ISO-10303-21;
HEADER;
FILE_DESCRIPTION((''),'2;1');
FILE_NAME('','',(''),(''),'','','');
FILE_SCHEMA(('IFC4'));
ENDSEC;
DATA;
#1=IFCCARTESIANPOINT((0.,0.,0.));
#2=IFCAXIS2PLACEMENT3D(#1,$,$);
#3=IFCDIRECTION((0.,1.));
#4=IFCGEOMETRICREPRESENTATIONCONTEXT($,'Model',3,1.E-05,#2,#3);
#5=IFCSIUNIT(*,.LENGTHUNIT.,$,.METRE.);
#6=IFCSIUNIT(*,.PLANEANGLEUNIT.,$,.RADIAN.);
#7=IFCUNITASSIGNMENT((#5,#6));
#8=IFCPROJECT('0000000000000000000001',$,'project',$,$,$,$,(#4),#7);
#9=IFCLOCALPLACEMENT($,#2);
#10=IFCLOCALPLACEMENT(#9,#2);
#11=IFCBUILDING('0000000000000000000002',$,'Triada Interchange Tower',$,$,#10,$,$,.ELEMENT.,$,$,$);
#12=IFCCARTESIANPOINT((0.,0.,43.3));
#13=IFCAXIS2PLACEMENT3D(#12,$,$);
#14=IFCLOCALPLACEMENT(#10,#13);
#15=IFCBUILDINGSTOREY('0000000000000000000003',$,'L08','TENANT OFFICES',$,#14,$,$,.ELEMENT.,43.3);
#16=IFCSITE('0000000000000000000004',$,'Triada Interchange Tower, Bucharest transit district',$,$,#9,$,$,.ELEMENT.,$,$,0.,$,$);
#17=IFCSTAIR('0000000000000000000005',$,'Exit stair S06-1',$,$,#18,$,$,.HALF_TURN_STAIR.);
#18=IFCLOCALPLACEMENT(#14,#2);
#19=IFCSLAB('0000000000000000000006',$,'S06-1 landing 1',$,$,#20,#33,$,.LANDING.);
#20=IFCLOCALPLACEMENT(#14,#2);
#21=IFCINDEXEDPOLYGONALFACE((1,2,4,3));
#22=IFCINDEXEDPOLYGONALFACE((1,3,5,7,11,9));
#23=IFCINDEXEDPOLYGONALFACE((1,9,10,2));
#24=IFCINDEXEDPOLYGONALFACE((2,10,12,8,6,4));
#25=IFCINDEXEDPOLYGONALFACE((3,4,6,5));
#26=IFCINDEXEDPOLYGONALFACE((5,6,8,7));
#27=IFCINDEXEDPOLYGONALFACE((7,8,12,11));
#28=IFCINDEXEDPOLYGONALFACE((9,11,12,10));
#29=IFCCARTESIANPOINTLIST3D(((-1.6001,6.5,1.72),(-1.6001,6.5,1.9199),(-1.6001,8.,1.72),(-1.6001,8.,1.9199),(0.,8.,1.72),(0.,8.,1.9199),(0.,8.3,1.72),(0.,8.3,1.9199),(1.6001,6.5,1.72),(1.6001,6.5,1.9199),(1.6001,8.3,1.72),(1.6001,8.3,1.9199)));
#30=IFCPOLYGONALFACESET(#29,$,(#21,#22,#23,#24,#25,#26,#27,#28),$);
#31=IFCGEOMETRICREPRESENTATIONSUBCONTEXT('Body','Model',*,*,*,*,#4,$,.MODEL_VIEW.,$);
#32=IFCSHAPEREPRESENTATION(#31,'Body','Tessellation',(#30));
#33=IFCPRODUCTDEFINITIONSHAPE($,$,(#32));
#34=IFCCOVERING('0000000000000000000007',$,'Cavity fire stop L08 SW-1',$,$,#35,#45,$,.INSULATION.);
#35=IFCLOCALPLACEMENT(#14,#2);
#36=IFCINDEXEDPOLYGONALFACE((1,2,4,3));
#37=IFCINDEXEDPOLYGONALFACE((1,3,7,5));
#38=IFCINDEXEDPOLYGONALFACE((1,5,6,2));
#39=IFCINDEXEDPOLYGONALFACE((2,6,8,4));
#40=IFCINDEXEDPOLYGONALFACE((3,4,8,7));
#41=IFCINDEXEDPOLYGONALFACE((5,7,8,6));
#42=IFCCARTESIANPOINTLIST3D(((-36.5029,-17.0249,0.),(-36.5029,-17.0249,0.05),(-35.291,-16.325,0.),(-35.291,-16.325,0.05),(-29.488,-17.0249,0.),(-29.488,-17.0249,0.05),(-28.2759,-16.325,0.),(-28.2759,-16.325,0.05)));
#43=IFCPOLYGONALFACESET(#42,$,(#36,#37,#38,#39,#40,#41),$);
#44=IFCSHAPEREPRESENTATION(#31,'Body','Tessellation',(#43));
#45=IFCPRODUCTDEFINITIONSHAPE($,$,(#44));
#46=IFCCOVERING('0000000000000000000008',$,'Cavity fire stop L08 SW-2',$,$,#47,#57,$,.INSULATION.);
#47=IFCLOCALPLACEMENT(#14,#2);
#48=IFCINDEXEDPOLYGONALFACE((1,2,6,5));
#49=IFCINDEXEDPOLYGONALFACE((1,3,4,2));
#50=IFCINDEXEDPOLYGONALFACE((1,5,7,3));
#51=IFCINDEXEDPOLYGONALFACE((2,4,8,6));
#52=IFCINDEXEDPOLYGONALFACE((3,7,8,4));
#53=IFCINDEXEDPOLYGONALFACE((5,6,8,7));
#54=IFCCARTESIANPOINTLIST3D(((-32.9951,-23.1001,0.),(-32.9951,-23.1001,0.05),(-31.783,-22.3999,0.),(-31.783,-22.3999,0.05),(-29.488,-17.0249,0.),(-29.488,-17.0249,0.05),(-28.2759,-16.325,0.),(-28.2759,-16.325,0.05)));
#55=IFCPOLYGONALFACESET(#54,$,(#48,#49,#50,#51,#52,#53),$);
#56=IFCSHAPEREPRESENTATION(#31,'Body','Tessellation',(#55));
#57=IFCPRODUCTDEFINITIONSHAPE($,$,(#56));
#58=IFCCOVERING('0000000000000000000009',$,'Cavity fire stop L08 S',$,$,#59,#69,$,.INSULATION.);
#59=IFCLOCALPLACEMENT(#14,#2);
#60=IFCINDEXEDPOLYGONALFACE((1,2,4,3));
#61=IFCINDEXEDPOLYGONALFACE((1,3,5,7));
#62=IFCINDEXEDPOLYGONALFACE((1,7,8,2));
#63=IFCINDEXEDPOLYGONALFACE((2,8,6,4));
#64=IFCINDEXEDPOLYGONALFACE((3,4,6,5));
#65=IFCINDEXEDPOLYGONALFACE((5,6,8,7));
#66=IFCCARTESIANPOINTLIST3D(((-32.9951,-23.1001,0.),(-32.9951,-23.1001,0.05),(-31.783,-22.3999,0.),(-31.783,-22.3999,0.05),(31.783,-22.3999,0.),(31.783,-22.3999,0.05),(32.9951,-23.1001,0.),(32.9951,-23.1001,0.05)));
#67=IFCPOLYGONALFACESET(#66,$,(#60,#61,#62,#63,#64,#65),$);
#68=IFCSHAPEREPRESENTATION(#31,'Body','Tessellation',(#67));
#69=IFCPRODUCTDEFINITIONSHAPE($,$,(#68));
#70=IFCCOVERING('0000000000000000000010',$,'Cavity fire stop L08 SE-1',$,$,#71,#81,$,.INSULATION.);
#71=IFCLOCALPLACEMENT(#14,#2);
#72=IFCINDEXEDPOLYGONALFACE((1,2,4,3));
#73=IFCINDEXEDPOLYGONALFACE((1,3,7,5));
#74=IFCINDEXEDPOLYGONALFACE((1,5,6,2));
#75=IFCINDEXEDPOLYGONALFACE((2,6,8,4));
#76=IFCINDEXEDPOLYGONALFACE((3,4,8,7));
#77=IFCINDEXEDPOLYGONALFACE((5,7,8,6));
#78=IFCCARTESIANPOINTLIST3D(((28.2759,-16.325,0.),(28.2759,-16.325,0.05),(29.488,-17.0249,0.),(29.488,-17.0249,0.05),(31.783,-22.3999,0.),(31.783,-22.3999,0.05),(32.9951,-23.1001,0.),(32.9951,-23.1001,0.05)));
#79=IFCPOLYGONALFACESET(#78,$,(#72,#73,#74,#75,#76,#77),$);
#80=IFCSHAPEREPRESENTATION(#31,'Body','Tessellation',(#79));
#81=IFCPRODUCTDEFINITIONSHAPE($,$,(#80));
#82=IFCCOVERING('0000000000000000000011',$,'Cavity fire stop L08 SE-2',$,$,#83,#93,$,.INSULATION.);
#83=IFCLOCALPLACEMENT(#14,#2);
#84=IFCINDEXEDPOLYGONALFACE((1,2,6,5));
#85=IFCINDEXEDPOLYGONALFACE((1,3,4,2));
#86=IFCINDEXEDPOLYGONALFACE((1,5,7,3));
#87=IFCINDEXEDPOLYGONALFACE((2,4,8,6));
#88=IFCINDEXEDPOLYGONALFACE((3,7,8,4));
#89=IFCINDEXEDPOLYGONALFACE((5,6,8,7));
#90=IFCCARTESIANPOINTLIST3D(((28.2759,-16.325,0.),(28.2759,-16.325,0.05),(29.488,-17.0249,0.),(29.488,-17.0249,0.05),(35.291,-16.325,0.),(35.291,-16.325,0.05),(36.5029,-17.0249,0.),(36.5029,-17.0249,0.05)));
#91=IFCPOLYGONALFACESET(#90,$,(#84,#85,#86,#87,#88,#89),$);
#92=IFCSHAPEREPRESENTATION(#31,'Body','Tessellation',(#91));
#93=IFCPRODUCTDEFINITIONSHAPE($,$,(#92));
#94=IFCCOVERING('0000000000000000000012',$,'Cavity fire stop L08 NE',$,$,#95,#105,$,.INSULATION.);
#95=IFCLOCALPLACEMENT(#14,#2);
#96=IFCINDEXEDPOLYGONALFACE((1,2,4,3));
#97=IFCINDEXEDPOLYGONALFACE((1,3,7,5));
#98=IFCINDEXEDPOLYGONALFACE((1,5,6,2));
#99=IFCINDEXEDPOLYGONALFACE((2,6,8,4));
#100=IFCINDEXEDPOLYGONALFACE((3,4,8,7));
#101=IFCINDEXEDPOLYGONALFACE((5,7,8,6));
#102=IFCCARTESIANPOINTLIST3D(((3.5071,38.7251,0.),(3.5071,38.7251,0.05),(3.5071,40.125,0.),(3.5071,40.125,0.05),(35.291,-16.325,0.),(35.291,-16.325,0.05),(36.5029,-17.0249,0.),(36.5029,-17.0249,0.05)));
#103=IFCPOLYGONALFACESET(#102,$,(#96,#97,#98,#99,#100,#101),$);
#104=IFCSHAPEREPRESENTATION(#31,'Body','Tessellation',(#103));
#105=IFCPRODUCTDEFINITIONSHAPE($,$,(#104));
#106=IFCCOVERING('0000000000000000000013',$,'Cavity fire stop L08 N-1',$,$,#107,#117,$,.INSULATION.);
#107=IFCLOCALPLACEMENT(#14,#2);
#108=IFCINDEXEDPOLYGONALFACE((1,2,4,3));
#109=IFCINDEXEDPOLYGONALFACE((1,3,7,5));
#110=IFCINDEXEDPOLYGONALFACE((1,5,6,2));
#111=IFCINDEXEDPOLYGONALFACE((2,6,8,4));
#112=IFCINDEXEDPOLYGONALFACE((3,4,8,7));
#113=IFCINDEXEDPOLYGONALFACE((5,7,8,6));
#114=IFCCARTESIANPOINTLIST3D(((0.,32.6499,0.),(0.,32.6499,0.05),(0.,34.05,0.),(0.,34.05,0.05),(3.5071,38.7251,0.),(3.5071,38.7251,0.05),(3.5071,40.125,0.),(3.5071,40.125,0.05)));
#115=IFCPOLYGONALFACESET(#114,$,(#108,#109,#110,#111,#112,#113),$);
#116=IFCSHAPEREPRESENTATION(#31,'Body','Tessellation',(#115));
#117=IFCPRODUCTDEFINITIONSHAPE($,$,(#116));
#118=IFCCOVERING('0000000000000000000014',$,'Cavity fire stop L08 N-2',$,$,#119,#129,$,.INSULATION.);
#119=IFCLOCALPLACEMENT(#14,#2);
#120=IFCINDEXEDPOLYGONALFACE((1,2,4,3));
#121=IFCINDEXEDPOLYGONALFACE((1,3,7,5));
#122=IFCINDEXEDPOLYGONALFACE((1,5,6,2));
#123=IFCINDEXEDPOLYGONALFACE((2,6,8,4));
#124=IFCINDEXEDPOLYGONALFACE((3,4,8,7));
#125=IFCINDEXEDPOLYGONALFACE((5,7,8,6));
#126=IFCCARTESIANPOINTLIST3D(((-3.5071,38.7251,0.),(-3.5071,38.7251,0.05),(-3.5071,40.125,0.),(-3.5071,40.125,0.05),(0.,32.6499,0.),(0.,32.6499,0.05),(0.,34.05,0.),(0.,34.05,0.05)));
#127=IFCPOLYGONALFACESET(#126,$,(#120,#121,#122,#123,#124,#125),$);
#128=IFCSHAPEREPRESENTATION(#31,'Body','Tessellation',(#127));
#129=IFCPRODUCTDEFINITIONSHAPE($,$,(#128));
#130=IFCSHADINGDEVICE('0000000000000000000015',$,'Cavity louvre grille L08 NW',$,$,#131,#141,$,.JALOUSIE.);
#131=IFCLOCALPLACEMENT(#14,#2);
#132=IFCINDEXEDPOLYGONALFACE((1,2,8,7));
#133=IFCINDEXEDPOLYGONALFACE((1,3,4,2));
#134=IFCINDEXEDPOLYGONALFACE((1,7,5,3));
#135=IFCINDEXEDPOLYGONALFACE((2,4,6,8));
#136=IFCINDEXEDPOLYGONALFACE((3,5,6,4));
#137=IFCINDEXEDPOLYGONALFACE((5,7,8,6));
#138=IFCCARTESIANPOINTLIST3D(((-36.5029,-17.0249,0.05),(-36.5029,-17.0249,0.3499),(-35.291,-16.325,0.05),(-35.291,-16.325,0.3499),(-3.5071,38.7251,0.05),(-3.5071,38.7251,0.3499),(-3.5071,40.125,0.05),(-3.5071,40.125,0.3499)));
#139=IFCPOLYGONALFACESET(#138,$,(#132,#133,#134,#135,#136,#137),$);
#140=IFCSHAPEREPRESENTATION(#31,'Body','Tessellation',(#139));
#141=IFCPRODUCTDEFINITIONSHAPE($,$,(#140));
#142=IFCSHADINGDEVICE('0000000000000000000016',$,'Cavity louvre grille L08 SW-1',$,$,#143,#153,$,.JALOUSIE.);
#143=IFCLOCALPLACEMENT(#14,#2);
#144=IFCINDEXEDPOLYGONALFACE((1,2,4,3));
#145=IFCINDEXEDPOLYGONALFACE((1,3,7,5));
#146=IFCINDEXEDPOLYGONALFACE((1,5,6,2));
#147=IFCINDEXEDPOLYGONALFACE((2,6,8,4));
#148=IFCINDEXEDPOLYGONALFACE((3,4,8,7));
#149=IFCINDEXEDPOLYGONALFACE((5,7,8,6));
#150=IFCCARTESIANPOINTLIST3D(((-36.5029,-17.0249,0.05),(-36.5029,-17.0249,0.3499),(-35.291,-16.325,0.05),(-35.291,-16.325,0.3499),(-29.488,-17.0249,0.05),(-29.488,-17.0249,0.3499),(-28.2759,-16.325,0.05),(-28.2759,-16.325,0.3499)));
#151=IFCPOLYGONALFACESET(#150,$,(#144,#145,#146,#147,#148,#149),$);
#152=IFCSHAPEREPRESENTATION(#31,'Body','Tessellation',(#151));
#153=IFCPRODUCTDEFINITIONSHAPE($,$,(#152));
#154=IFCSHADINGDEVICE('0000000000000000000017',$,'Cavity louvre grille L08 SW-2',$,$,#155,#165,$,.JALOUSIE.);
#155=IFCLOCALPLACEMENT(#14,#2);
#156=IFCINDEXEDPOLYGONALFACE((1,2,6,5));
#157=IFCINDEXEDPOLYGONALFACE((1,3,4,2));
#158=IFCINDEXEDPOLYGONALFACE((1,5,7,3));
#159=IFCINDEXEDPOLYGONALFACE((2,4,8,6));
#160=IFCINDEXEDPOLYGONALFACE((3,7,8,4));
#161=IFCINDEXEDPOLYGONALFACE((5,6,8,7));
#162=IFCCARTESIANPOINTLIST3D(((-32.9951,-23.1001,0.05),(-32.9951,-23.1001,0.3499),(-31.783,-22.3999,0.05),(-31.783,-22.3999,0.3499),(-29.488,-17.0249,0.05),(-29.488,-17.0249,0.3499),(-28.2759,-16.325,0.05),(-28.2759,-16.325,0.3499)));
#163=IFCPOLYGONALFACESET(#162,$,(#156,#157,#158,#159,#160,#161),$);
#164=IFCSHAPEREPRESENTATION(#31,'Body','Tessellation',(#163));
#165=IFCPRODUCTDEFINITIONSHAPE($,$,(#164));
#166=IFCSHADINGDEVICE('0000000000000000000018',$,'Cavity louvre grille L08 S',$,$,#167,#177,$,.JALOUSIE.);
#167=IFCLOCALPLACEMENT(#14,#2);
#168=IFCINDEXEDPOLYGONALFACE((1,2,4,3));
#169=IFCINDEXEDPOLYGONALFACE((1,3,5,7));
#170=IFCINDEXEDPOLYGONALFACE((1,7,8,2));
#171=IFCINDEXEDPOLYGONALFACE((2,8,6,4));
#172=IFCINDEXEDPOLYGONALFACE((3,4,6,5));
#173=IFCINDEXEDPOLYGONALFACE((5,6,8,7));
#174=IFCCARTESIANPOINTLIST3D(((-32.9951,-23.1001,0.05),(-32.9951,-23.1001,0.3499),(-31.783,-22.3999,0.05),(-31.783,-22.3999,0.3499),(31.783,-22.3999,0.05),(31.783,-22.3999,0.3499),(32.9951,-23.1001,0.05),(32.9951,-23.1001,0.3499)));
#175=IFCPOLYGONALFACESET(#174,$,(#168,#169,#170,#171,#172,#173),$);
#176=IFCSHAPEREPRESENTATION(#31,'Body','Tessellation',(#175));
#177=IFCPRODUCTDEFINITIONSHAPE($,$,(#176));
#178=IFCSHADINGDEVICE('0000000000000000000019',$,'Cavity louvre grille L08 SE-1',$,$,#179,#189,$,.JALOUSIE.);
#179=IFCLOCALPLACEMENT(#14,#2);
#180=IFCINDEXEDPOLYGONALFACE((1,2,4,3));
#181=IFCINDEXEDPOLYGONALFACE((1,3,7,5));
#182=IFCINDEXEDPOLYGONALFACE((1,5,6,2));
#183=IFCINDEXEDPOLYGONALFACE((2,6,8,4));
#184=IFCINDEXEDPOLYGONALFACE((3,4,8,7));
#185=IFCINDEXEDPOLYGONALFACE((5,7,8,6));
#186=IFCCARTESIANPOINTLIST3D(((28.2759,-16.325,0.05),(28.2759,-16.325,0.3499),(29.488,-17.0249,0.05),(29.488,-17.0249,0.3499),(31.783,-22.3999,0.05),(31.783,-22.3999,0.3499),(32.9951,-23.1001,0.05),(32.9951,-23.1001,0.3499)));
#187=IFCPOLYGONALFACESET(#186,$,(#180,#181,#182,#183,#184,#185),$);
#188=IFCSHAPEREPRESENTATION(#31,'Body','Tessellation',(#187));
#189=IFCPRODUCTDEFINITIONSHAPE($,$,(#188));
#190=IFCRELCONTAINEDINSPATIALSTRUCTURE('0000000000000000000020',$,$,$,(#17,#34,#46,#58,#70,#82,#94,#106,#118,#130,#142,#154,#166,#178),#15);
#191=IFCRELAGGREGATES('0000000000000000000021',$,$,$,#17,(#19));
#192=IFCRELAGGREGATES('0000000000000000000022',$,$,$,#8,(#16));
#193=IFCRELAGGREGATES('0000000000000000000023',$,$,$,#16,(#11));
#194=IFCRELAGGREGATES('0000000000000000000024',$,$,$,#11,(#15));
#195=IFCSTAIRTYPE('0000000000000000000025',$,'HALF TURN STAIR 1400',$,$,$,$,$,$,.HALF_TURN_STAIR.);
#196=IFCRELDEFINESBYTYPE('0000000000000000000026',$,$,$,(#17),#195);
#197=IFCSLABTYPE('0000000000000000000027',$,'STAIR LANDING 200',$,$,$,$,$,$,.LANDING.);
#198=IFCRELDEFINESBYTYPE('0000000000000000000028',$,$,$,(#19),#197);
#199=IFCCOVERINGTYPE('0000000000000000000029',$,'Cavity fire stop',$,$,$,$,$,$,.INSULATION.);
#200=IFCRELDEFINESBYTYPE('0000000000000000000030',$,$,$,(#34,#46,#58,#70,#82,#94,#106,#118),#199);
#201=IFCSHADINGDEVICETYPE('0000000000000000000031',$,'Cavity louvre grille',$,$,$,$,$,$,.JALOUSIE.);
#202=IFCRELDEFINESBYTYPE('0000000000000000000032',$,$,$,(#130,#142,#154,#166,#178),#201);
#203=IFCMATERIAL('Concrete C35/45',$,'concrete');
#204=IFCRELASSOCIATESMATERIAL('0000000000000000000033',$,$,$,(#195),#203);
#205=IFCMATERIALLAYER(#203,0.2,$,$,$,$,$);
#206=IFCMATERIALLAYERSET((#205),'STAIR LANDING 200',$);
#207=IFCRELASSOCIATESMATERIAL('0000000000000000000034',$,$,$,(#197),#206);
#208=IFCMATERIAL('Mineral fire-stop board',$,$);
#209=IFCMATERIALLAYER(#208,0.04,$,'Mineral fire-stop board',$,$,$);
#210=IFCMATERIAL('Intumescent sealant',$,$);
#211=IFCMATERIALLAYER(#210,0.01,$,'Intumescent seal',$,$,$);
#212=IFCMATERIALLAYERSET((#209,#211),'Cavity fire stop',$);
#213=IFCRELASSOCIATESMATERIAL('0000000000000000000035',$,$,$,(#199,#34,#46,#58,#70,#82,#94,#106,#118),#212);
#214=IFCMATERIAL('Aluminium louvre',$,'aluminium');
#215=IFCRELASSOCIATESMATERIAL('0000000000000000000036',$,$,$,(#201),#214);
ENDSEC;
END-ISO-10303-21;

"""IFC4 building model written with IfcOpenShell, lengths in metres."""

from ifc_helpers import new_model, si_unit, direction, frame, origin, place, context, subcontext, project, spatial, polyline, outline, extrude, material, layer, layer_set, layer_usage, type_object, element, aggregate, save


model = new_model("IFC4")

# Units and contexts
model_context = context("Model", 3, precision=1e-05, world=origin(), true_north=direction((0.0, 1.0)))
body_context = subcontext(model_context, "Body", "Model", "MODEL_VIEW")
ifc_project = project(units=[si_unit("LENGTHUNIT", "METRE"), si_unit("PLANEANGLEUNIT", "RADIAN")], contexts=[model_context])

# Site, building, storey
site_placement = place(None, origin())
site = spatial("IfcSite", under=ifc_project, at=site_placement, Name="Triada Interchange Tower, Bucharest transit district", CompositionType="ELEMENT", RefElevation=0.0)
building_placement = place(site_placement, origin())
building = spatial("IfcBuilding", under=site, at=building_placement, Name="Triada Interchange Tower", CompositionType="ELEMENT")
storey_placement = place(building_placement, frame((0.0, 0.0, 43.3)))
storey = spatial("IfcBuildingStorey", under=building, at=storey_placement, Name="L08", Description="TENANT OFFICES", CompositionType="ELEMENT", Elevation=43.3)

# Stair, slab
ifc_material_1 = material(Name="Concrete C35/45", Category="concrete")
stair_type = type_object("IfcStairType", Name="HALF TURN STAIR 1400", PredefinedType="HALF_TURN_STAIR", material=ifc_material_1)
stair_placement = place(storey_placement, origin())
stair = element("IfcStair", 1, at=stair_placement, inside=storey, type_object=stair_type, Name="Exit stair S06-1", PredefinedType="HALF_TURN_STAIR")
ifc_layer_1 = layer(ifc_material_1, 0.2)
ifc_layer_set_1 = layer_set([ifc_layer_1], Name="STAIR LANDING 200")
slab_type = type_object("IfcSlabType", Name="STAIR LANDING 200", PredefinedType="LANDING", material=ifc_layer_set_1)
slab_placement = place(storey_placement, frame((0.0, 0.0, 1.72)))
slab = element("IfcSlab", 2, at=slab_placement, type_object=slab_type, Name="S06-1 landing 1", PredefinedType="LANDING", context=body_context, shape_type="SweptSolid", body=[
    extrude(outline(polyline([(1.6001, 6.5), (1.6001, 8.3), (0.0, 8.3), (0.0, 8.0), (-1.6001, 8.0), (-1.6001, 6.5), (1.6001, 6.5)])), origin(), (0.0, 0.0, 1.0), 0.2),
])
aggregate(stair, [slab])

# Coverings
ifc_material_2 = material(Name="Mineral fire-stop board")
ifc_layer_2 = layer(ifc_material_2, 0.04, Name="Mineral fire-stop board")
ifc_material_3 = material(Name="Intumescent sealant")
ifc_layer_3 = layer(ifc_material_3, 0.01, Name="Intumescent seal")
ifc_layer_set_2 = layer_set([ifc_layer_2, ifc_layer_3], Name="Cavity fire stop")
ifc_layer_usage = layer_usage(ifc_layer_set_2, "AXIS3", "POSITIVE", 0.0)
covering_type = type_object("IfcCoveringType", Name="Cavity fire stop", PredefinedType="INSULATION", material=ifc_layer_set_2)
covering_1_placement = place(storey_placement, origin())
element("IfcCovering", 3, at=covering_1_placement, inside=storey, type_object=covering_type, material=ifc_layer_usage, Name="Cavity fire stop L08 SW-1", PredefinedType="INSULATION", context=body_context, shape_type="SweptSolid", body=[
    extrude(outline(polyline([(-35.291, -16.325), (-36.5029, -17.0249), (-29.488, -17.0249), (-28.2759, -16.325), (-35.291, -16.325)])), origin(), (0.0, 0.0, 1.0), 0.05),
])
covering_2_placement = place(storey_placement, origin())
element("IfcCovering", 4, at=covering_2_placement, inside=storey, type_object=covering_type, material=ifc_layer_usage, Name="Cavity fire stop L08 SW-2", PredefinedType="INSULATION", context=body_context, shape_type="SweptSolid", body=[
    extrude(outline(polyline([(-28.2759, -16.325), (-29.488, -17.0249), (-32.9951, -23.1001), (-31.783, -22.3999), (-28.2759, -16.325)])), origin(), (0.0, 0.0, 1.0), 0.05),
])
covering_3_placement = place(storey_placement, origin())
element("IfcCovering", 5, at=covering_3_placement, inside=storey, type_object=covering_type, material=ifc_layer_usage, Name="Cavity fire stop L08 S", PredefinedType="INSULATION", context=body_context, shape_type="SweptSolid", body=[
    extrude(outline(polyline([(-31.783, -22.3999), (-32.9951, -23.1001), (32.9951, -23.1001), (31.783, -22.3999), (-31.783, -22.3999)])), origin(), (0.0, 0.0, 1.0), 0.05),
])
covering_4_placement = place(storey_placement, origin())
element("IfcCovering", 6, at=covering_4_placement, inside=storey, type_object=covering_type, material=ifc_layer_usage, Name="Cavity fire stop L08 SE-1", PredefinedType="INSULATION", context=body_context, shape_type="SweptSolid", body=[
    extrude(outline(polyline([(31.783, -22.3999), (32.9951, -23.1001), (29.488, -17.0249), (28.2759, -16.325), (31.783, -22.3999)])), origin(), (0.0, 0.0, 1.0), 0.05),
])
covering_5_placement = place(storey_placement, origin())
element("IfcCovering", 7, at=covering_5_placement, inside=storey, type_object=covering_type, material=ifc_layer_usage, Name="Cavity fire stop L08 SE-2", PredefinedType="INSULATION", context=body_context, shape_type="SweptSolid", body=[
    extrude(outline(polyline([(28.2759, -16.325), (29.488, -17.0249), (36.5029, -17.0249), (35.291, -16.325), (28.2759, -16.325)])), origin(), (0.0, 0.0, 1.0), 0.05),
])
covering_6_placement = place(storey_placement, origin())
element("IfcCovering", 8, at=covering_6_placement, inside=storey, type_object=covering_type, material=ifc_layer_usage, Name="Cavity fire stop L08 NE", PredefinedType="INSULATION", context=body_context, shape_type="SweptSolid", body=[
    extrude(outline(polyline([(35.291, -16.325), (36.5029, -17.0249), (3.5071, 40.125), (3.5071, 38.7251), (35.291, -16.325)])), origin(), (0.0, 0.0, 1.0), 0.05),
])
covering_7_placement = place(storey_placement, origin())
element("IfcCovering", 9, at=covering_7_placement, inside=storey, type_object=covering_type, material=ifc_layer_usage, Name="Cavity fire stop L08 N-1", PredefinedType="INSULATION", context=body_context, shape_type="SweptSolid", body=[
    extrude(outline(polyline([(3.5071, 38.7251), (3.5071, 40.125), (0.0, 34.05), (0.0, 32.6499), (3.5071, 38.7251)])), origin(), (0.0, 0.0, 1.0), 0.05),
])
covering_8_placement = place(storey_placement, origin())
element("IfcCovering", 10, at=covering_8_placement, inside=storey, type_object=covering_type, material=ifc_layer_usage, Name="Cavity fire stop L08 N-2", PredefinedType="INSULATION", context=body_context, shape_type="SweptSolid", body=[
    extrude(outline(polyline([(0.0, 32.6499), (0.0, 34.05), (-3.5071, 40.125), (-3.5071, 38.7251), (0.0, 32.6499)])), origin(), (0.0, 0.0, 1.0), 0.05),
])

# Shading devices
ifc_material_4 = material(Name="Aluminium louvre", Category="aluminium")
shading_device_type = type_object("IfcShadingDeviceType", Name="Cavity louvre grille", PredefinedType="JALOUSIE", material=ifc_material_4)
shading_device_1_placement = place(storey_placement, frame((0.0, 0.0, 0.05)))
element("IfcShadingDevice", 11, at=shading_device_1_placement, inside=storey, type_object=shading_device_type, Name="Cavity louvre grille L08 NW", PredefinedType="JALOUSIE", context=body_context, shape_type="SweptSolid", body=[
    extrude(outline(polyline([(-3.5071, 38.7251), (-3.5071, 40.125), (-36.5029, -17.0249), (-35.291, -16.325), (-3.5071, 38.7251)])), origin(), (0.0, 0.0, 1.0), 0.2998),
])
shading_device_2_placement = place(storey_placement, frame((0.0, 0.0, 0.05)))
element("IfcShadingDevice", 12, at=shading_device_2_placement, inside=storey, type_object=shading_device_type, Name="Cavity louvre grille L08 SW-1", PredefinedType="JALOUSIE", context=body_context, shape_type="SweptSolid", body=[
    extrude(outline(polyline([(-35.291, -16.325), (-36.5029, -17.0249), (-29.488, -17.0249), (-28.2759, -16.325), (-35.291, -16.325)])), origin(), (0.0, 0.0, 1.0), 0.2998),
])
shading_device_3_placement = place(storey_placement, frame((0.0, 0.0, 0.05)))
element("IfcShadingDevice", 13, at=shading_device_3_placement, inside=storey, type_object=shading_device_type, Name="Cavity louvre grille L08 SW-2", PredefinedType="JALOUSIE", context=body_context, shape_type="SweptSolid", body=[
    extrude(outline(polyline([(-28.2759, -16.325), (-29.488, -17.0249), (-32.9951, -23.1001), (-31.783, -22.3999), (-28.2759, -16.325)])), origin(), (0.0, 0.0, 1.0), 0.2998),
])
shading_device_4_placement = place(storey_placement, frame((0.0, 0.0, 0.05)))
element("IfcShadingDevice", 14, at=shading_device_4_placement, inside=storey, type_object=shading_device_type, Name="Cavity louvre grille L08 S", PredefinedType="JALOUSIE", context=body_context, shape_type="SweptSolid", body=[
    extrude(outline(polyline([(-31.783, -22.3999), (-32.9951, -23.1001), (32.9951, -23.1001), (31.783, -22.3999), (-31.783, -22.3999)])), origin(), (0.0, 0.0, 1.0), 0.2998),
])
shading_device_5_placement = place(storey_placement, frame((0.0, 0.0, 0.05)))
element("IfcShadingDevice", 15, at=shading_device_5_placement, inside=storey, type_object=shading_device_type, Name="Cavity louvre grille L08 SE-1", PredefinedType="JALOUSIE", context=body_context, shape_type="SweptSolid", body=[
    extrude(outline(polyline([(31.783, -22.3999), (32.9951, -23.1001), (29.488, -17.0249), (28.2759, -16.325), (31.783, -22.3999)])), origin(), (0.0, 0.0, 1.0), 0.2998),
])

save(model, "model.ifc")
